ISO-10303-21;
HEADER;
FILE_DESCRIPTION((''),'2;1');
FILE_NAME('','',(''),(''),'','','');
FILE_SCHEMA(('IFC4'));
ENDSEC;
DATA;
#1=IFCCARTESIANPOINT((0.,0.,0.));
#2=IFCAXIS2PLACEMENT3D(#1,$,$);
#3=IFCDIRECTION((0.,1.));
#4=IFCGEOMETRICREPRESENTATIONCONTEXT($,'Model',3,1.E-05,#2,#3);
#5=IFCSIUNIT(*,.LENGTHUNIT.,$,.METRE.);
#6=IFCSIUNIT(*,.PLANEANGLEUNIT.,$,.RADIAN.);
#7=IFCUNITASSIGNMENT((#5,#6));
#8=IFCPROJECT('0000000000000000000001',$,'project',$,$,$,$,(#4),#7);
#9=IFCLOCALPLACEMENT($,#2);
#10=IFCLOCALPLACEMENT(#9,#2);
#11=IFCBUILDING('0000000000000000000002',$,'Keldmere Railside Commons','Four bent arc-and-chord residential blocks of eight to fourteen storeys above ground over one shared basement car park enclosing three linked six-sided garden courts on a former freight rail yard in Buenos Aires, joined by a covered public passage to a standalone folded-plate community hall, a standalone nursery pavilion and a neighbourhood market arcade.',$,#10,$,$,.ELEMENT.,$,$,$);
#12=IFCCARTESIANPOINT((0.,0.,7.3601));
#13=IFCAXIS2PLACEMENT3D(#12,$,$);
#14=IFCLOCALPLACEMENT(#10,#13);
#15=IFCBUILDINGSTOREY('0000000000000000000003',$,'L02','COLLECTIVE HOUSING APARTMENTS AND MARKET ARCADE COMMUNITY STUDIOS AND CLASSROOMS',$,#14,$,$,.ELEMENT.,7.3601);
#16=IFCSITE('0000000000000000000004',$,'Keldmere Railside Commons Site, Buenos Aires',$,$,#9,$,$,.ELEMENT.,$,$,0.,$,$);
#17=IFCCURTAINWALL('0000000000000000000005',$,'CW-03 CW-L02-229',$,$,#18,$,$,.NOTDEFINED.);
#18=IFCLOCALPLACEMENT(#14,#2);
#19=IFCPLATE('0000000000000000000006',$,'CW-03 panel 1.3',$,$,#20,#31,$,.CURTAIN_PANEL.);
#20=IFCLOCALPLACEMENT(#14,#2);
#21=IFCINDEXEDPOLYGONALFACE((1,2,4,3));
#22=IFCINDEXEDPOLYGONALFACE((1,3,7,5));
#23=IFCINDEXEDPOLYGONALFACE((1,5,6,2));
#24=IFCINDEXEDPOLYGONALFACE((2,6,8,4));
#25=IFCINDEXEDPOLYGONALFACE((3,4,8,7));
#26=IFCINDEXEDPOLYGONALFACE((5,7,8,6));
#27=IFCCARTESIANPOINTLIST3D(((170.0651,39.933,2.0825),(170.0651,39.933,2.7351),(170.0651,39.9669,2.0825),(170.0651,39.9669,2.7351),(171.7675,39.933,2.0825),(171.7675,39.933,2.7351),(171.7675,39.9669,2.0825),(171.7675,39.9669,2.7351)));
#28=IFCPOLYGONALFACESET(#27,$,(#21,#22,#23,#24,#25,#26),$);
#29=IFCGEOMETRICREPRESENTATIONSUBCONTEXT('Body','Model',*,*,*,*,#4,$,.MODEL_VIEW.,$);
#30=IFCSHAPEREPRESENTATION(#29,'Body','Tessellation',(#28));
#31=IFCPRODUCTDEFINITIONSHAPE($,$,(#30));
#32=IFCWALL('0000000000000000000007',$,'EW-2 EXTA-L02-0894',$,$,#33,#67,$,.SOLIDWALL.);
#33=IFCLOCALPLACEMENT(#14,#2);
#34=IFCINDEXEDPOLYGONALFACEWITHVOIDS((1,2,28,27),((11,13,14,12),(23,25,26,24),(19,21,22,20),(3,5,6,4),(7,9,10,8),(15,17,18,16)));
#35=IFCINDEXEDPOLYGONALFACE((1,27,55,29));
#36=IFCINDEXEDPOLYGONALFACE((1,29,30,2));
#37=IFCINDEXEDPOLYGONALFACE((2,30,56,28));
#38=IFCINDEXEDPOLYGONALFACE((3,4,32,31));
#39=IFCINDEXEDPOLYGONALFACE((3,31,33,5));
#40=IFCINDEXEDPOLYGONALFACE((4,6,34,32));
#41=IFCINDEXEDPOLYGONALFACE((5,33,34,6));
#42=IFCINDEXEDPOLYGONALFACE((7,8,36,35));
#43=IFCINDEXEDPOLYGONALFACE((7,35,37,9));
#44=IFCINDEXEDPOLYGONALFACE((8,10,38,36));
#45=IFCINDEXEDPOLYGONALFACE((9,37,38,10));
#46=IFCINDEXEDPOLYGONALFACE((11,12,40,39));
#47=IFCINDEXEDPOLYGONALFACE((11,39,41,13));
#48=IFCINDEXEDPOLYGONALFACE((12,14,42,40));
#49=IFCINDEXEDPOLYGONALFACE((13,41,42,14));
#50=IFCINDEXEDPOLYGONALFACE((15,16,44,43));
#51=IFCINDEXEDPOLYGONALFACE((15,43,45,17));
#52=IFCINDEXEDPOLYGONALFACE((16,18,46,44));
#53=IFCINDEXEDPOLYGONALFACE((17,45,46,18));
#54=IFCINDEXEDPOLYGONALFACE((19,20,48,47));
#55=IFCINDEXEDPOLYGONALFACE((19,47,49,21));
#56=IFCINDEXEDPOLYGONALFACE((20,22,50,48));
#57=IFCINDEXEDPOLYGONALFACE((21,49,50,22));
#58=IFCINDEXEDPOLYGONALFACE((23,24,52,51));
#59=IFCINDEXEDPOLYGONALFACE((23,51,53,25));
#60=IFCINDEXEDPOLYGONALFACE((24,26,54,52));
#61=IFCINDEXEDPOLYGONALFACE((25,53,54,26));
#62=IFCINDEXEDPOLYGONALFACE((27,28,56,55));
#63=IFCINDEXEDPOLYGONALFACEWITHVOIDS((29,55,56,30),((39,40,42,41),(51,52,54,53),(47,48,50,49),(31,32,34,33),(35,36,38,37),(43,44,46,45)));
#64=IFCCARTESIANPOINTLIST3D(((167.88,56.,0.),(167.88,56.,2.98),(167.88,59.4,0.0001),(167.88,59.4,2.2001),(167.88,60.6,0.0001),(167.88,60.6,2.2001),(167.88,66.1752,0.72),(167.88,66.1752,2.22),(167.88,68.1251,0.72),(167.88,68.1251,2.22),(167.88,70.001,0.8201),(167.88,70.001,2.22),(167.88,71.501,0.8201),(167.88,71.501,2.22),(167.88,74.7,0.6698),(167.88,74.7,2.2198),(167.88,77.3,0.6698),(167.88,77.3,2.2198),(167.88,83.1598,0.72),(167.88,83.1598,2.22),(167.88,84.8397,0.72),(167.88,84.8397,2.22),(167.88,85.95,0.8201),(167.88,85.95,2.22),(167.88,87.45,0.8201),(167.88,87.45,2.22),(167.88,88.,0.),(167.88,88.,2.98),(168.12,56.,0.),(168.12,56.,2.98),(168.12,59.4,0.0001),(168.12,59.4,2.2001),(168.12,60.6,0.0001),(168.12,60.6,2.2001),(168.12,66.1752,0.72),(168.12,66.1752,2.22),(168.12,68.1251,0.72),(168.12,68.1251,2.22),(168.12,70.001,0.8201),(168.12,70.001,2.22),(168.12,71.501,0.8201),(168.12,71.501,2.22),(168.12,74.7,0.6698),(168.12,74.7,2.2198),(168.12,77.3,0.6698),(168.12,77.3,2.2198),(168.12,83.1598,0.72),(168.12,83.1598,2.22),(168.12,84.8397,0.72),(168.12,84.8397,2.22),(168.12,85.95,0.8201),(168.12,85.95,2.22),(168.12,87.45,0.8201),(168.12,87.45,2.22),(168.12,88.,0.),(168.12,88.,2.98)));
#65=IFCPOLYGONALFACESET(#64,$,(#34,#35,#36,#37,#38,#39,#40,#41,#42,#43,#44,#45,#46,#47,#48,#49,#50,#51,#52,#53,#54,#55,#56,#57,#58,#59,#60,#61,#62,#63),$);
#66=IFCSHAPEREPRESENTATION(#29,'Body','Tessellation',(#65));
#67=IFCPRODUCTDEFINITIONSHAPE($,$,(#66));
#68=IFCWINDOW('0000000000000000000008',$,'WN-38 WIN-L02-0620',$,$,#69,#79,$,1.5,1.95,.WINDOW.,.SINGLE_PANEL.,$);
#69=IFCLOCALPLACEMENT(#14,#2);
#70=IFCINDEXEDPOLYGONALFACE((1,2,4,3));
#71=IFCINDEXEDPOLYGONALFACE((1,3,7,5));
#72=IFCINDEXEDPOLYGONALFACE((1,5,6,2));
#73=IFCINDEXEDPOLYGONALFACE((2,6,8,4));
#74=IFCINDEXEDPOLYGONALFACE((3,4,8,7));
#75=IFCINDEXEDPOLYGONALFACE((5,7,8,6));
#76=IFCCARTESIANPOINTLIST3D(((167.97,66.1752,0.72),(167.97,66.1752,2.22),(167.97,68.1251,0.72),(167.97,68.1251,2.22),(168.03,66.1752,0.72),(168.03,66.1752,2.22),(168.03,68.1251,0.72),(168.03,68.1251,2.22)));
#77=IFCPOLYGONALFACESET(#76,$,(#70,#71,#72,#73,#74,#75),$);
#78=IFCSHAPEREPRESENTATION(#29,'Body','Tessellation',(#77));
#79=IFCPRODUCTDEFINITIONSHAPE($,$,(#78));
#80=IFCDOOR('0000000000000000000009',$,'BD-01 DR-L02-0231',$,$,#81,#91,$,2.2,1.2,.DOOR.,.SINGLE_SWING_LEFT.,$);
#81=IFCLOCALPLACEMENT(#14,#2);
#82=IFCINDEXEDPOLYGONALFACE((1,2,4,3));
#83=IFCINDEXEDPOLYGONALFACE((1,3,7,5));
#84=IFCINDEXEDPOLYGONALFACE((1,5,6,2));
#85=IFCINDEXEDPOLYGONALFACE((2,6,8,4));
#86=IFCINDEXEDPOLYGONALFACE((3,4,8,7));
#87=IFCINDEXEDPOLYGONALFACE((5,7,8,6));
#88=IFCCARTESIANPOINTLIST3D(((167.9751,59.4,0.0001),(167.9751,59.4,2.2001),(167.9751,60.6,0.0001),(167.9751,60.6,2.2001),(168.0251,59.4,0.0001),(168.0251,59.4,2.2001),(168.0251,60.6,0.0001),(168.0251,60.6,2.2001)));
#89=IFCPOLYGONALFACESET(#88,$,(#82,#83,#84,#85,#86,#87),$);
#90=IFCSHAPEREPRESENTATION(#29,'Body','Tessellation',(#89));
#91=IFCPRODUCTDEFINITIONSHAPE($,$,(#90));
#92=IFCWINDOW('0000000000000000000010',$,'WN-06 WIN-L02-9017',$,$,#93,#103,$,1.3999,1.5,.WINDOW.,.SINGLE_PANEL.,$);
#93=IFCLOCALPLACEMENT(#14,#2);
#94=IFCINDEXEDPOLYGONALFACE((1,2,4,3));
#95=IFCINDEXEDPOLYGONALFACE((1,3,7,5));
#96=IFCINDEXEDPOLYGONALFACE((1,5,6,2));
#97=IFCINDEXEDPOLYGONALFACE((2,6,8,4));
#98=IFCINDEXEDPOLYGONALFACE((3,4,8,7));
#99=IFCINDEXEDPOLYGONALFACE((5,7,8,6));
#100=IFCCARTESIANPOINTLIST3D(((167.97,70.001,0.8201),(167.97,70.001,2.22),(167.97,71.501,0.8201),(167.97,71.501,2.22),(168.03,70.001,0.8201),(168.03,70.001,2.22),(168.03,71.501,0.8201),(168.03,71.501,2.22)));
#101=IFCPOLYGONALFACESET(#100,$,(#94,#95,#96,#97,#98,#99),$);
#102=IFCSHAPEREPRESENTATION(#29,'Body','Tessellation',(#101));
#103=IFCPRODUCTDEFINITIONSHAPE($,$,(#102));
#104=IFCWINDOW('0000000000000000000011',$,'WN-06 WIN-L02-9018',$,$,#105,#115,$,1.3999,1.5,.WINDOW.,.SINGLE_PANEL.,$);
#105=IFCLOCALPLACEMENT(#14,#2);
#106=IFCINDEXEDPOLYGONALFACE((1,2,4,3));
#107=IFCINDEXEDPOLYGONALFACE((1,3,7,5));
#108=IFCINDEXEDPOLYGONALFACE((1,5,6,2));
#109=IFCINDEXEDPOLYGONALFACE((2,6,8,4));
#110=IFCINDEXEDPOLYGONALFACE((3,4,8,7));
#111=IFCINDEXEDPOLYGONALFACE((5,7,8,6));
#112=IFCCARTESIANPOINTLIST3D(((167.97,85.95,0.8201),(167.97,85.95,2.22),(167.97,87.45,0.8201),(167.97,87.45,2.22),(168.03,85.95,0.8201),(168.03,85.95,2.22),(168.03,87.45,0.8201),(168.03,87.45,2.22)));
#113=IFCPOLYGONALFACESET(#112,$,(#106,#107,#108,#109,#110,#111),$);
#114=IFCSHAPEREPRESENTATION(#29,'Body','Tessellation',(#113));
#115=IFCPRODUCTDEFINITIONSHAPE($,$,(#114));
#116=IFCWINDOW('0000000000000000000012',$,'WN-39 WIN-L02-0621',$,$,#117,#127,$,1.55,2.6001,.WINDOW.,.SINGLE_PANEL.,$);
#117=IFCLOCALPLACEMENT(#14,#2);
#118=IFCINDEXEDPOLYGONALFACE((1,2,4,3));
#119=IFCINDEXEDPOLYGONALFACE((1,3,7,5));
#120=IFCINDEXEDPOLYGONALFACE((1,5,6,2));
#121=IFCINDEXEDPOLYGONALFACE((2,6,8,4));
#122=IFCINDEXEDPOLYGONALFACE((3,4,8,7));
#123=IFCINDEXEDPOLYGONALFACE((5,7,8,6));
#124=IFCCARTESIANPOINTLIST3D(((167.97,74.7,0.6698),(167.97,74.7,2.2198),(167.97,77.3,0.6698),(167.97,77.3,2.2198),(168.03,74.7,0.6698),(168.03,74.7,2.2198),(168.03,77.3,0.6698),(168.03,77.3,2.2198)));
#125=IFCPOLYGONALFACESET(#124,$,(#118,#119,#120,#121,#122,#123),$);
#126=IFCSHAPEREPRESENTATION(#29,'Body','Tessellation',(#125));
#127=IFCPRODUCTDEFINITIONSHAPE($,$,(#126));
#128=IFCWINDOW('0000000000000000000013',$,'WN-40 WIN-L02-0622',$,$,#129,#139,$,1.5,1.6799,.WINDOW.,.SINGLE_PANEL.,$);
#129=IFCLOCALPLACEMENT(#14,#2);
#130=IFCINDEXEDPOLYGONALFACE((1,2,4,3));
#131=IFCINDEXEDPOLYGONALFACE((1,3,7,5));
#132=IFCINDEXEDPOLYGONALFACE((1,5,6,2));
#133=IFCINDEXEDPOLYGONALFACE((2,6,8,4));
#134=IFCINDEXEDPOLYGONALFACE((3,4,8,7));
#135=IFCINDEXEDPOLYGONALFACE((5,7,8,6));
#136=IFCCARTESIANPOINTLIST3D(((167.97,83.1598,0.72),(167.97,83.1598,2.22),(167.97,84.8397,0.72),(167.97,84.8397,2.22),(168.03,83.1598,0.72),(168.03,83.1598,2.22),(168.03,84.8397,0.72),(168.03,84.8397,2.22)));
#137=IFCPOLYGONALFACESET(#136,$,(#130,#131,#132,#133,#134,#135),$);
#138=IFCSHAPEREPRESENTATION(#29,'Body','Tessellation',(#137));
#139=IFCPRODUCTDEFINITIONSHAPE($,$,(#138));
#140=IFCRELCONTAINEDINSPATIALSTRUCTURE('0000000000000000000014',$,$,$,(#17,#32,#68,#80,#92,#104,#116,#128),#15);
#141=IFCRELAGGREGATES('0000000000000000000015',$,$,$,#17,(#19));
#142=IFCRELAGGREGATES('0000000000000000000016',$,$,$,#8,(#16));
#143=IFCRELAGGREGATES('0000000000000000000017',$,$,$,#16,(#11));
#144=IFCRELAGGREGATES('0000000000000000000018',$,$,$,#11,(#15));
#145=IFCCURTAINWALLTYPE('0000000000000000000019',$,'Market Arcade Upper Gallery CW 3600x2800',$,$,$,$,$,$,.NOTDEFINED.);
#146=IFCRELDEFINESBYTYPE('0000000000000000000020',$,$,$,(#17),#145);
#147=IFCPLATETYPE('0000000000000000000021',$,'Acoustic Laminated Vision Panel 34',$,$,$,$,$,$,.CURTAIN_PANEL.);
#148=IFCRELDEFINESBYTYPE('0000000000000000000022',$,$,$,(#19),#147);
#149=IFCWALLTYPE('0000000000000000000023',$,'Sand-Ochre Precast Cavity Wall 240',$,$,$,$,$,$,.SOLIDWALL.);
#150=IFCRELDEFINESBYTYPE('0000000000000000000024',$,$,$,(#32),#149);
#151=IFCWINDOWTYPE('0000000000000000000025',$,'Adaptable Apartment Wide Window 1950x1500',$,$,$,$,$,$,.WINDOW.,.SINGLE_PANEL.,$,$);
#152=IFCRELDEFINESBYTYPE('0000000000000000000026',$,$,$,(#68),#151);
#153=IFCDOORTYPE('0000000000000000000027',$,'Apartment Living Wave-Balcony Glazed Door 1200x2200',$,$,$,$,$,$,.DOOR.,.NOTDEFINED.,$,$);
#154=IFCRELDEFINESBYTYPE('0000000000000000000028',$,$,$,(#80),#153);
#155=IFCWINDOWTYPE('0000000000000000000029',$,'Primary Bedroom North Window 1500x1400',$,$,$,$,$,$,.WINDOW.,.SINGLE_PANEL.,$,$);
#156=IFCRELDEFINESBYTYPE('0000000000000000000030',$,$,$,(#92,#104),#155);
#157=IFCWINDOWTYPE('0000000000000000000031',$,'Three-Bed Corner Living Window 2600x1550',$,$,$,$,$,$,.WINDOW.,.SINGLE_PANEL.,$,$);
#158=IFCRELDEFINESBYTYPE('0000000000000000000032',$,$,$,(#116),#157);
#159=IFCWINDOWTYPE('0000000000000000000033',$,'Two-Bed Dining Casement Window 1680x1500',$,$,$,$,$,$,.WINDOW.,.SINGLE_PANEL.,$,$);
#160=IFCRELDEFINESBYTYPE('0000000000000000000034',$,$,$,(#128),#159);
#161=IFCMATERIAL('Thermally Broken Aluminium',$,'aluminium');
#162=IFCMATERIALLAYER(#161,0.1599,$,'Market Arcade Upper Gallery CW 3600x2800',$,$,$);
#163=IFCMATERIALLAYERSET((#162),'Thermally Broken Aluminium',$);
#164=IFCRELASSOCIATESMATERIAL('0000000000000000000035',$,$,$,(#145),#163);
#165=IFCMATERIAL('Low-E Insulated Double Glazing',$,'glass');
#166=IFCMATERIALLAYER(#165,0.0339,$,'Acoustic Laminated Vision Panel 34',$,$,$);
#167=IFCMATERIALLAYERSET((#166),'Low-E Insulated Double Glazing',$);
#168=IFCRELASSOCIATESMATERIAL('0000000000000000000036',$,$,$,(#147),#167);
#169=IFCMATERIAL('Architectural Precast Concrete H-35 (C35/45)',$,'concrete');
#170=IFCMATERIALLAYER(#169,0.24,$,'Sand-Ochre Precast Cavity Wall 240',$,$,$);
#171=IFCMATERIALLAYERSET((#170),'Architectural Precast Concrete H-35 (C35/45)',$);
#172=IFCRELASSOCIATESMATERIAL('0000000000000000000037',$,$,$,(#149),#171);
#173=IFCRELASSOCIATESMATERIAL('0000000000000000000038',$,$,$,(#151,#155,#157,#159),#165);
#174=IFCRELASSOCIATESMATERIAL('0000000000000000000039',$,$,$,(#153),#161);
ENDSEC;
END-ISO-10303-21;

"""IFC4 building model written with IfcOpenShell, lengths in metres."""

from ifc_helpers import new_model, si_unit, direction, frame, frame_2d, origin, origin_2d, place, context, subcontext, project, spatial, rectangle, extrude, material, layer, layer_set, type_object, element, fill, aggregate, save


model = new_model("IFC4")

# Units and contexts
model_context = context("Model", 3, precision=1e-05, world=origin(), true_north=direction((0.0, 1.0)))
body_context = subcontext(model_context, "Body", "Model", "MODEL_VIEW")
ifc_project = project(units=[si_unit("LENGTHUNIT", "METRE"), si_unit("PLANEANGLEUNIT", "RADIAN")], contexts=[model_context])

# Site, building, storey
site_placement = place(None, origin())
site = spatial("IfcSite", under=ifc_project, at=site_placement, Name="Keldmere Railside Commons Site, Buenos Aires", CompositionType="ELEMENT", RefElevation=0.0)
building_placement = place(site_placement, origin())
building = spatial("IfcBuilding", under=site, at=building_placement, Name="Keldmere Railside Commons", Description="Four bent arc-and-chord residential blocks of eight to fourteen storeys above ground over one shared basement car park enclosing three linked six-sided garden courts on a former freight rail yard in Buenos Aires, joined by a covered public passage to a standalone folded-plate community hall, a standalone nursery pavilion and a neighbourhood market arcade.", CompositionType="ELEMENT")
storey_placement = place(building_placement, frame((0.0, 0.0, 7.3601)))
storey = spatial("IfcBuildingStorey", under=building, at=storey_placement, Name="L02", Description="COLLECTIVE HOUSING APARTMENTS AND MARKET ARCADE COMMUNITY STUDIOS AND CLASSROOMS", CompositionType="ELEMENT", Elevation=7.3601)

# Shared definitions
ifc_material_1 = material(Name="Thermally Broken Aluminium", Category="aluminium")

# Curtain wall, plate
ifc_layer_1 = layer(ifc_material_1, 0.1599, Name="Market Arcade Upper Gallery CW 3600x2800")
ifc_layer_set_1 = layer_set([ifc_layer_1], Name="Thermally Broken Aluminium")
curtain_wall_type_1 = type_object("IfcCurtainWallType", Name="Market Arcade Upper Gallery CW 3600x2800", PredefinedType="NOTDEFINED", material=ifc_layer_set_1)
curtain_wall_1_placement = place(storey_placement, origin())
curtain_wall_1 = element("IfcCurtainWall", 1, at=curtain_wall_1_placement, inside=storey, type_object=curtain_wall_type_1, Name="CW-03 CW-L02-229", PredefinedType="NOTDEFINED")
ifc_material_2 = material(Name="Low-E Insulated Double Glazing", Category="glass")
ifc_layer_2 = layer(ifc_material_2, 0.0339, Name="Acoustic Laminated Vision Panel 34")
ifc_layer_set_2 = layer_set([ifc_layer_2], Name="Low-E Insulated Double Glazing")
plate_type = type_object("IfcPlateType", Name="Acoustic Laminated Vision Panel 34", PredefinedType="CURTAIN_PANEL", material=ifc_layer_set_2)
plate_1_placement = place(storey_placement, frame((170.9163, 39.95, 2.0825), z_axis=(0.0, 0.0, 1.0), x_axis=(1.0, 0.0, 0.0)))
plate_1 = element("IfcPlate", 2, at=plate_1_placement, type_object=plate_type, Name="CW-03 panel 1.3", PredefinedType="CURTAIN_PANEL", context=body_context, shape_type="SweptSolid", body=[
    extrude(rectangle(XDim=1.7024, YDim=0.0339, at=origin_2d()), origin(), (0.0, 0.0, 1.0), 0.6526),
])
aggregate(curtain_wall_1, [plate_1])

# Wall, openings, windows, door
ifc_material_3 = material(Name="Architectural Precast Concrete H-35 (C35/45)", Category="concrete")
ifc_layer_3 = layer(ifc_material_3, 0.24, Name="Sand-Ochre Precast Cavity Wall 240")
ifc_layer_set_3 = layer_set([ifc_layer_3], Name="Architectural Precast Concrete H-35 (C35/45)")
wall_type = type_object("IfcWallType", Name="Sand-Ochre Precast Cavity Wall 240", PredefinedType="SOLIDWALL", material=ifc_layer_set_3)
wall_placement = place(storey_placement, frame((168.0, 56.0, 0.0), z_axis=(0.0, 0.0, 1.0), x_axis=(0.0, 1.0, 0.0)))
wall = element("IfcWall", 3, at=wall_placement, inside=storey, type_object=wall_type, Name="EW-2 EXTA-L02-0894", PredefinedType="SOLIDWALL", context=body_context, shape_type="SweptSolid", body=[
    extrude(rectangle(XDim=32.0, YDim=0.24, at=frame_2d((16.0, 0.0))), origin(), (0.0, 0.0, 1.0), 2.98),
])
opening_1_placement = place(wall_placement, frame((3.3999, 0.0, 0.0)))
opening_1 = element("IfcOpeningElement", 4, at=opening_1_placement, cuts=wall, PredefinedType="OPENING", context=body_context, shape_type="SweptSolid", body=[
    extrude(rectangle(XDim=1.2, YDim=2.2, at=frame_2d((0.6001, 1.1001))), frame((0.0, 0.1299, 0.0), z_axis=(0.0, -1.0, 0.0), x_axis=(1.0, 0.0, 0.0)), (0.0, 0.0, 1.0), 0.26),
])
opening_2_placement = place(wall_placement, frame((10.175, 0.0, 0.72)))
opening_2 = element("IfcOpeningElement", 5, at=opening_2_placement, cuts=wall, PredefinedType="OPENING", context=body_context, shape_type="SweptSolid", body=[
    extrude(rectangle(XDim=1.95, YDim=1.5, at=frame_2d((0.9751, 0.75))), frame((0.0, 0.1299, 0.0), z_axis=(0.0, -1.0, 0.0), x_axis=(1.0, 0.0, 0.0)), (0.0, 0.0, 1.0), 0.26),
])
opening_3_placement = place(wall_placement, frame((18.7, 0.0, 0.6699)))
opening_3 = element("IfcOpeningElement", 6, at=opening_3_placement, cuts=wall, PredefinedType="OPENING", context=body_context, shape_type="SweptSolid", body=[
    extrude(rectangle(XDim=2.6001, YDim=1.55, at=frame_2d((1.3, 0.7749))), frame((0.0, 0.1299, 0.0), z_axis=(0.0, -1.0, 0.0), x_axis=(1.0, 0.0, 0.0)), (0.0, 0.0, 1.0), 0.26),
])
opening_4_placement = place(wall_placement, frame((27.1599, 0.0, 0.72)))
opening_4 = element("IfcOpeningElement", 7, at=opening_4_placement, cuts=wall, PredefinedType="OPENING", context=body_context, shape_type="SweptSolid", body=[
    extrude(rectangle(XDim=1.6799, YDim=1.5, at=frame_2d((0.8398, 0.75))), frame((0.0, 0.1299, 0.0), z_axis=(0.0, -1.0, 0.0), x_axis=(1.0, 0.0, 0.0)), (0.0, 0.0, 1.0), 0.26),
])
opening_5_placement = place(wall_placement, frame((14.001, 0.0, 0.8201)))
opening_5 = element("IfcOpeningElement", 8, at=opening_5_placement, cuts=wall, PredefinedType="OPENING", context=body_context, shape_type="SweptSolid", body=[
    extrude(rectangle(XDim=1.5, YDim=1.3999, at=frame_2d((0.75, 0.7))), frame((0.0, 0.1299, 0.0), z_axis=(0.0, -1.0, 0.0), x_axis=(1.0, 0.0, 0.0)), (0.0, 0.0, 1.0), 0.26),
])
opening_6_placement = place(wall_placement, frame((29.95, 0.0, 0.8201)))
opening_6 = element("IfcOpeningElement", 9, at=opening_6_placement, cuts=wall, PredefinedType="OPENING", context=body_context, shape_type="SweptSolid", body=[
    extrude(rectangle(XDim=1.5, YDim=1.3999, at=frame_2d((0.75, 0.7))), frame((0.0, 0.1299, 0.0), z_axis=(0.0, -1.0, 0.0), x_axis=(1.0, 0.0, 0.0)), (0.0, 0.0, 1.0), 0.26),
])
window_type_1 = type_object("IfcWindowType", Name="Adaptable Apartment Wide Window 1950x1500", PartitioningType="SINGLE_PANEL", PredefinedType="WINDOW", material=ifc_material_2)
window_1_placement = place(opening_2_placement, origin())
window_1 = element("IfcWindow", 10, at=window_1_placement, inside=storey, type_object=window_type_1, Name="WN-38 WIN-L02-0620", OverallHeight=1.5, OverallWidth=1.95, PartitioningType="SINGLE_PANEL", PredefinedType="WINDOW", context=body_context, shape_type="SweptSolid", body=[
    extrude(rectangle(XDim=1.95, YDim=1.5, at=frame_2d((0.9751, 0.75))), frame((0.0, 0.03, 0.0), z_axis=(0.0, -1.0, 0.0), x_axis=(1.0, 0.0, 0.0)), (0.0, 0.0, 1.0), 0.0601),
])
fill(opening_2, window_1)
door_type = type_object("IfcDoorType", Name="Apartment Living Wave-Balcony Glazed Door 1200x2200", OperationType="NOTDEFINED", PredefinedType="DOOR", material=ifc_material_1)
door_placement = place(opening_1_placement, origin())
door = element("IfcDoor", 11, at=door_placement, inside=storey, type_object=door_type, Name="BD-01 DR-L02-0231", OperationType="SINGLE_SWING_LEFT", OverallHeight=2.2, OverallWidth=1.2, PredefinedType="DOOR", context=body_context, shape_type="SweptSolid", body=[
    extrude(rectangle(XDim=1.2, YDim=2.2, at=frame_2d((0.6001, 1.1001))), frame((0.0, 0.0249, 0.0), z_axis=(0.0, -1.0, 0.0), x_axis=(1.0, 0.0, 0.0)), (0.0, 0.0, 1.0), 0.05),
])
fill(opening_1, door)
window_type_2 = type_object("IfcWindowType", Name="Primary Bedroom North Window 1500x1400", PartitioningType="SINGLE_PANEL", PredefinedType="WINDOW", material=ifc_material_2)
window_2_placement = place(opening_5_placement, origin())
window_2 = element("IfcWindow", 12, at=window_2_placement, inside=storey, type_object=window_type_2, Name="WN-06 WIN-L02-9017", OverallHeight=1.3999, OverallWidth=1.5, PartitioningType="SINGLE_PANEL", PredefinedType="WINDOW", context=body_context, shape_type="SweptSolid", body=[
    extrude(rectangle(XDim=1.5, YDim=1.3999, at=frame_2d((0.75, 0.7))), frame((0.0, 0.03, 0.0), z_axis=(0.0, -1.0, 0.0), x_axis=(1.0, 0.0, 0.0)), (0.0, 0.0, 1.0), 0.0601),
])
fill(opening_5, window_2)
window_3_placement = place(opening_6_placement, origin())
window_3 = element("IfcWindow", 13, at=window_3_placement, inside=storey, type_object=window_type_2, Name="WN-06 WIN-L02-9018", OverallHeight=1.3999, OverallWidth=1.5, PartitioningType="SINGLE_PANEL", PredefinedType="WINDOW", context=body_context, shape_type="SweptSolid", body=[
    extrude(rectangle(XDim=1.5, YDim=1.3999, at=frame_2d((0.75, 0.7))), frame((0.0, 0.03, 0.0), z_axis=(0.0, -1.0, 0.0), x_axis=(1.0, 0.0, 0.0)), (0.0, 0.0, 1.0), 0.0601),
])
fill(opening_6, window_3)
window_type_3 = type_object("IfcWindowType", Name="Three-Bed Corner Living Window 2600x1550", PartitioningType="SINGLE_PANEL", PredefinedType="WINDOW", material=ifc_material_2)
window_4_placement = place(opening_3_placement, origin())
window_4 = element("IfcWindow", 14, at=window_4_placement, inside=storey, type_object=window_type_3, Name="WN-39 WIN-L02-0621", OverallHeight=1.55, OverallWidth=2.6001, PartitioningType="SINGLE_PANEL", PredefinedType="WINDOW", context=body_context, shape_type="SweptSolid", body=[
    extrude(rectangle(XDim=2.6001, YDim=1.55, at=frame_2d((1.3, 0.7749))), frame((0.0, 0.03, 0.0), z_axis=(0.0, -1.0, 0.0), x_axis=(1.0, 0.0, 0.0)), (0.0, 0.0, 1.0), 0.0601),
])
fill(opening_3, window_4)
window_type_4 = type_object("IfcWindowType", Name="Two-Bed Dining Casement Window 1680x1500", PartitioningType="SINGLE_PANEL", PredefinedType="WINDOW", material=ifc_material_2)
window_5_placement = place(opening_4_placement, origin())
window_5 = element("IfcWindow", 15, at=window_5_placement, inside=storey, type_object=window_type_4, Name="WN-40 WIN-L02-0622", OverallHeight=1.5, OverallWidth=1.6799, PartitioningType="SINGLE_PANEL", PredefinedType="WINDOW", context=body_context, shape_type="SweptSolid", body=[
    extrude(rectangle(XDim=1.6799, YDim=1.5, at=frame_2d((0.8398, 0.75))), frame((0.0, 0.03, 0.0), z_axis=(0.0, -1.0, 0.0), x_axis=(1.0, 0.0, 0.0)), (0.0, 0.0, 1.0), 0.0601),
])
fill(opening_4, window_5)

save(model, "model.ifc")
